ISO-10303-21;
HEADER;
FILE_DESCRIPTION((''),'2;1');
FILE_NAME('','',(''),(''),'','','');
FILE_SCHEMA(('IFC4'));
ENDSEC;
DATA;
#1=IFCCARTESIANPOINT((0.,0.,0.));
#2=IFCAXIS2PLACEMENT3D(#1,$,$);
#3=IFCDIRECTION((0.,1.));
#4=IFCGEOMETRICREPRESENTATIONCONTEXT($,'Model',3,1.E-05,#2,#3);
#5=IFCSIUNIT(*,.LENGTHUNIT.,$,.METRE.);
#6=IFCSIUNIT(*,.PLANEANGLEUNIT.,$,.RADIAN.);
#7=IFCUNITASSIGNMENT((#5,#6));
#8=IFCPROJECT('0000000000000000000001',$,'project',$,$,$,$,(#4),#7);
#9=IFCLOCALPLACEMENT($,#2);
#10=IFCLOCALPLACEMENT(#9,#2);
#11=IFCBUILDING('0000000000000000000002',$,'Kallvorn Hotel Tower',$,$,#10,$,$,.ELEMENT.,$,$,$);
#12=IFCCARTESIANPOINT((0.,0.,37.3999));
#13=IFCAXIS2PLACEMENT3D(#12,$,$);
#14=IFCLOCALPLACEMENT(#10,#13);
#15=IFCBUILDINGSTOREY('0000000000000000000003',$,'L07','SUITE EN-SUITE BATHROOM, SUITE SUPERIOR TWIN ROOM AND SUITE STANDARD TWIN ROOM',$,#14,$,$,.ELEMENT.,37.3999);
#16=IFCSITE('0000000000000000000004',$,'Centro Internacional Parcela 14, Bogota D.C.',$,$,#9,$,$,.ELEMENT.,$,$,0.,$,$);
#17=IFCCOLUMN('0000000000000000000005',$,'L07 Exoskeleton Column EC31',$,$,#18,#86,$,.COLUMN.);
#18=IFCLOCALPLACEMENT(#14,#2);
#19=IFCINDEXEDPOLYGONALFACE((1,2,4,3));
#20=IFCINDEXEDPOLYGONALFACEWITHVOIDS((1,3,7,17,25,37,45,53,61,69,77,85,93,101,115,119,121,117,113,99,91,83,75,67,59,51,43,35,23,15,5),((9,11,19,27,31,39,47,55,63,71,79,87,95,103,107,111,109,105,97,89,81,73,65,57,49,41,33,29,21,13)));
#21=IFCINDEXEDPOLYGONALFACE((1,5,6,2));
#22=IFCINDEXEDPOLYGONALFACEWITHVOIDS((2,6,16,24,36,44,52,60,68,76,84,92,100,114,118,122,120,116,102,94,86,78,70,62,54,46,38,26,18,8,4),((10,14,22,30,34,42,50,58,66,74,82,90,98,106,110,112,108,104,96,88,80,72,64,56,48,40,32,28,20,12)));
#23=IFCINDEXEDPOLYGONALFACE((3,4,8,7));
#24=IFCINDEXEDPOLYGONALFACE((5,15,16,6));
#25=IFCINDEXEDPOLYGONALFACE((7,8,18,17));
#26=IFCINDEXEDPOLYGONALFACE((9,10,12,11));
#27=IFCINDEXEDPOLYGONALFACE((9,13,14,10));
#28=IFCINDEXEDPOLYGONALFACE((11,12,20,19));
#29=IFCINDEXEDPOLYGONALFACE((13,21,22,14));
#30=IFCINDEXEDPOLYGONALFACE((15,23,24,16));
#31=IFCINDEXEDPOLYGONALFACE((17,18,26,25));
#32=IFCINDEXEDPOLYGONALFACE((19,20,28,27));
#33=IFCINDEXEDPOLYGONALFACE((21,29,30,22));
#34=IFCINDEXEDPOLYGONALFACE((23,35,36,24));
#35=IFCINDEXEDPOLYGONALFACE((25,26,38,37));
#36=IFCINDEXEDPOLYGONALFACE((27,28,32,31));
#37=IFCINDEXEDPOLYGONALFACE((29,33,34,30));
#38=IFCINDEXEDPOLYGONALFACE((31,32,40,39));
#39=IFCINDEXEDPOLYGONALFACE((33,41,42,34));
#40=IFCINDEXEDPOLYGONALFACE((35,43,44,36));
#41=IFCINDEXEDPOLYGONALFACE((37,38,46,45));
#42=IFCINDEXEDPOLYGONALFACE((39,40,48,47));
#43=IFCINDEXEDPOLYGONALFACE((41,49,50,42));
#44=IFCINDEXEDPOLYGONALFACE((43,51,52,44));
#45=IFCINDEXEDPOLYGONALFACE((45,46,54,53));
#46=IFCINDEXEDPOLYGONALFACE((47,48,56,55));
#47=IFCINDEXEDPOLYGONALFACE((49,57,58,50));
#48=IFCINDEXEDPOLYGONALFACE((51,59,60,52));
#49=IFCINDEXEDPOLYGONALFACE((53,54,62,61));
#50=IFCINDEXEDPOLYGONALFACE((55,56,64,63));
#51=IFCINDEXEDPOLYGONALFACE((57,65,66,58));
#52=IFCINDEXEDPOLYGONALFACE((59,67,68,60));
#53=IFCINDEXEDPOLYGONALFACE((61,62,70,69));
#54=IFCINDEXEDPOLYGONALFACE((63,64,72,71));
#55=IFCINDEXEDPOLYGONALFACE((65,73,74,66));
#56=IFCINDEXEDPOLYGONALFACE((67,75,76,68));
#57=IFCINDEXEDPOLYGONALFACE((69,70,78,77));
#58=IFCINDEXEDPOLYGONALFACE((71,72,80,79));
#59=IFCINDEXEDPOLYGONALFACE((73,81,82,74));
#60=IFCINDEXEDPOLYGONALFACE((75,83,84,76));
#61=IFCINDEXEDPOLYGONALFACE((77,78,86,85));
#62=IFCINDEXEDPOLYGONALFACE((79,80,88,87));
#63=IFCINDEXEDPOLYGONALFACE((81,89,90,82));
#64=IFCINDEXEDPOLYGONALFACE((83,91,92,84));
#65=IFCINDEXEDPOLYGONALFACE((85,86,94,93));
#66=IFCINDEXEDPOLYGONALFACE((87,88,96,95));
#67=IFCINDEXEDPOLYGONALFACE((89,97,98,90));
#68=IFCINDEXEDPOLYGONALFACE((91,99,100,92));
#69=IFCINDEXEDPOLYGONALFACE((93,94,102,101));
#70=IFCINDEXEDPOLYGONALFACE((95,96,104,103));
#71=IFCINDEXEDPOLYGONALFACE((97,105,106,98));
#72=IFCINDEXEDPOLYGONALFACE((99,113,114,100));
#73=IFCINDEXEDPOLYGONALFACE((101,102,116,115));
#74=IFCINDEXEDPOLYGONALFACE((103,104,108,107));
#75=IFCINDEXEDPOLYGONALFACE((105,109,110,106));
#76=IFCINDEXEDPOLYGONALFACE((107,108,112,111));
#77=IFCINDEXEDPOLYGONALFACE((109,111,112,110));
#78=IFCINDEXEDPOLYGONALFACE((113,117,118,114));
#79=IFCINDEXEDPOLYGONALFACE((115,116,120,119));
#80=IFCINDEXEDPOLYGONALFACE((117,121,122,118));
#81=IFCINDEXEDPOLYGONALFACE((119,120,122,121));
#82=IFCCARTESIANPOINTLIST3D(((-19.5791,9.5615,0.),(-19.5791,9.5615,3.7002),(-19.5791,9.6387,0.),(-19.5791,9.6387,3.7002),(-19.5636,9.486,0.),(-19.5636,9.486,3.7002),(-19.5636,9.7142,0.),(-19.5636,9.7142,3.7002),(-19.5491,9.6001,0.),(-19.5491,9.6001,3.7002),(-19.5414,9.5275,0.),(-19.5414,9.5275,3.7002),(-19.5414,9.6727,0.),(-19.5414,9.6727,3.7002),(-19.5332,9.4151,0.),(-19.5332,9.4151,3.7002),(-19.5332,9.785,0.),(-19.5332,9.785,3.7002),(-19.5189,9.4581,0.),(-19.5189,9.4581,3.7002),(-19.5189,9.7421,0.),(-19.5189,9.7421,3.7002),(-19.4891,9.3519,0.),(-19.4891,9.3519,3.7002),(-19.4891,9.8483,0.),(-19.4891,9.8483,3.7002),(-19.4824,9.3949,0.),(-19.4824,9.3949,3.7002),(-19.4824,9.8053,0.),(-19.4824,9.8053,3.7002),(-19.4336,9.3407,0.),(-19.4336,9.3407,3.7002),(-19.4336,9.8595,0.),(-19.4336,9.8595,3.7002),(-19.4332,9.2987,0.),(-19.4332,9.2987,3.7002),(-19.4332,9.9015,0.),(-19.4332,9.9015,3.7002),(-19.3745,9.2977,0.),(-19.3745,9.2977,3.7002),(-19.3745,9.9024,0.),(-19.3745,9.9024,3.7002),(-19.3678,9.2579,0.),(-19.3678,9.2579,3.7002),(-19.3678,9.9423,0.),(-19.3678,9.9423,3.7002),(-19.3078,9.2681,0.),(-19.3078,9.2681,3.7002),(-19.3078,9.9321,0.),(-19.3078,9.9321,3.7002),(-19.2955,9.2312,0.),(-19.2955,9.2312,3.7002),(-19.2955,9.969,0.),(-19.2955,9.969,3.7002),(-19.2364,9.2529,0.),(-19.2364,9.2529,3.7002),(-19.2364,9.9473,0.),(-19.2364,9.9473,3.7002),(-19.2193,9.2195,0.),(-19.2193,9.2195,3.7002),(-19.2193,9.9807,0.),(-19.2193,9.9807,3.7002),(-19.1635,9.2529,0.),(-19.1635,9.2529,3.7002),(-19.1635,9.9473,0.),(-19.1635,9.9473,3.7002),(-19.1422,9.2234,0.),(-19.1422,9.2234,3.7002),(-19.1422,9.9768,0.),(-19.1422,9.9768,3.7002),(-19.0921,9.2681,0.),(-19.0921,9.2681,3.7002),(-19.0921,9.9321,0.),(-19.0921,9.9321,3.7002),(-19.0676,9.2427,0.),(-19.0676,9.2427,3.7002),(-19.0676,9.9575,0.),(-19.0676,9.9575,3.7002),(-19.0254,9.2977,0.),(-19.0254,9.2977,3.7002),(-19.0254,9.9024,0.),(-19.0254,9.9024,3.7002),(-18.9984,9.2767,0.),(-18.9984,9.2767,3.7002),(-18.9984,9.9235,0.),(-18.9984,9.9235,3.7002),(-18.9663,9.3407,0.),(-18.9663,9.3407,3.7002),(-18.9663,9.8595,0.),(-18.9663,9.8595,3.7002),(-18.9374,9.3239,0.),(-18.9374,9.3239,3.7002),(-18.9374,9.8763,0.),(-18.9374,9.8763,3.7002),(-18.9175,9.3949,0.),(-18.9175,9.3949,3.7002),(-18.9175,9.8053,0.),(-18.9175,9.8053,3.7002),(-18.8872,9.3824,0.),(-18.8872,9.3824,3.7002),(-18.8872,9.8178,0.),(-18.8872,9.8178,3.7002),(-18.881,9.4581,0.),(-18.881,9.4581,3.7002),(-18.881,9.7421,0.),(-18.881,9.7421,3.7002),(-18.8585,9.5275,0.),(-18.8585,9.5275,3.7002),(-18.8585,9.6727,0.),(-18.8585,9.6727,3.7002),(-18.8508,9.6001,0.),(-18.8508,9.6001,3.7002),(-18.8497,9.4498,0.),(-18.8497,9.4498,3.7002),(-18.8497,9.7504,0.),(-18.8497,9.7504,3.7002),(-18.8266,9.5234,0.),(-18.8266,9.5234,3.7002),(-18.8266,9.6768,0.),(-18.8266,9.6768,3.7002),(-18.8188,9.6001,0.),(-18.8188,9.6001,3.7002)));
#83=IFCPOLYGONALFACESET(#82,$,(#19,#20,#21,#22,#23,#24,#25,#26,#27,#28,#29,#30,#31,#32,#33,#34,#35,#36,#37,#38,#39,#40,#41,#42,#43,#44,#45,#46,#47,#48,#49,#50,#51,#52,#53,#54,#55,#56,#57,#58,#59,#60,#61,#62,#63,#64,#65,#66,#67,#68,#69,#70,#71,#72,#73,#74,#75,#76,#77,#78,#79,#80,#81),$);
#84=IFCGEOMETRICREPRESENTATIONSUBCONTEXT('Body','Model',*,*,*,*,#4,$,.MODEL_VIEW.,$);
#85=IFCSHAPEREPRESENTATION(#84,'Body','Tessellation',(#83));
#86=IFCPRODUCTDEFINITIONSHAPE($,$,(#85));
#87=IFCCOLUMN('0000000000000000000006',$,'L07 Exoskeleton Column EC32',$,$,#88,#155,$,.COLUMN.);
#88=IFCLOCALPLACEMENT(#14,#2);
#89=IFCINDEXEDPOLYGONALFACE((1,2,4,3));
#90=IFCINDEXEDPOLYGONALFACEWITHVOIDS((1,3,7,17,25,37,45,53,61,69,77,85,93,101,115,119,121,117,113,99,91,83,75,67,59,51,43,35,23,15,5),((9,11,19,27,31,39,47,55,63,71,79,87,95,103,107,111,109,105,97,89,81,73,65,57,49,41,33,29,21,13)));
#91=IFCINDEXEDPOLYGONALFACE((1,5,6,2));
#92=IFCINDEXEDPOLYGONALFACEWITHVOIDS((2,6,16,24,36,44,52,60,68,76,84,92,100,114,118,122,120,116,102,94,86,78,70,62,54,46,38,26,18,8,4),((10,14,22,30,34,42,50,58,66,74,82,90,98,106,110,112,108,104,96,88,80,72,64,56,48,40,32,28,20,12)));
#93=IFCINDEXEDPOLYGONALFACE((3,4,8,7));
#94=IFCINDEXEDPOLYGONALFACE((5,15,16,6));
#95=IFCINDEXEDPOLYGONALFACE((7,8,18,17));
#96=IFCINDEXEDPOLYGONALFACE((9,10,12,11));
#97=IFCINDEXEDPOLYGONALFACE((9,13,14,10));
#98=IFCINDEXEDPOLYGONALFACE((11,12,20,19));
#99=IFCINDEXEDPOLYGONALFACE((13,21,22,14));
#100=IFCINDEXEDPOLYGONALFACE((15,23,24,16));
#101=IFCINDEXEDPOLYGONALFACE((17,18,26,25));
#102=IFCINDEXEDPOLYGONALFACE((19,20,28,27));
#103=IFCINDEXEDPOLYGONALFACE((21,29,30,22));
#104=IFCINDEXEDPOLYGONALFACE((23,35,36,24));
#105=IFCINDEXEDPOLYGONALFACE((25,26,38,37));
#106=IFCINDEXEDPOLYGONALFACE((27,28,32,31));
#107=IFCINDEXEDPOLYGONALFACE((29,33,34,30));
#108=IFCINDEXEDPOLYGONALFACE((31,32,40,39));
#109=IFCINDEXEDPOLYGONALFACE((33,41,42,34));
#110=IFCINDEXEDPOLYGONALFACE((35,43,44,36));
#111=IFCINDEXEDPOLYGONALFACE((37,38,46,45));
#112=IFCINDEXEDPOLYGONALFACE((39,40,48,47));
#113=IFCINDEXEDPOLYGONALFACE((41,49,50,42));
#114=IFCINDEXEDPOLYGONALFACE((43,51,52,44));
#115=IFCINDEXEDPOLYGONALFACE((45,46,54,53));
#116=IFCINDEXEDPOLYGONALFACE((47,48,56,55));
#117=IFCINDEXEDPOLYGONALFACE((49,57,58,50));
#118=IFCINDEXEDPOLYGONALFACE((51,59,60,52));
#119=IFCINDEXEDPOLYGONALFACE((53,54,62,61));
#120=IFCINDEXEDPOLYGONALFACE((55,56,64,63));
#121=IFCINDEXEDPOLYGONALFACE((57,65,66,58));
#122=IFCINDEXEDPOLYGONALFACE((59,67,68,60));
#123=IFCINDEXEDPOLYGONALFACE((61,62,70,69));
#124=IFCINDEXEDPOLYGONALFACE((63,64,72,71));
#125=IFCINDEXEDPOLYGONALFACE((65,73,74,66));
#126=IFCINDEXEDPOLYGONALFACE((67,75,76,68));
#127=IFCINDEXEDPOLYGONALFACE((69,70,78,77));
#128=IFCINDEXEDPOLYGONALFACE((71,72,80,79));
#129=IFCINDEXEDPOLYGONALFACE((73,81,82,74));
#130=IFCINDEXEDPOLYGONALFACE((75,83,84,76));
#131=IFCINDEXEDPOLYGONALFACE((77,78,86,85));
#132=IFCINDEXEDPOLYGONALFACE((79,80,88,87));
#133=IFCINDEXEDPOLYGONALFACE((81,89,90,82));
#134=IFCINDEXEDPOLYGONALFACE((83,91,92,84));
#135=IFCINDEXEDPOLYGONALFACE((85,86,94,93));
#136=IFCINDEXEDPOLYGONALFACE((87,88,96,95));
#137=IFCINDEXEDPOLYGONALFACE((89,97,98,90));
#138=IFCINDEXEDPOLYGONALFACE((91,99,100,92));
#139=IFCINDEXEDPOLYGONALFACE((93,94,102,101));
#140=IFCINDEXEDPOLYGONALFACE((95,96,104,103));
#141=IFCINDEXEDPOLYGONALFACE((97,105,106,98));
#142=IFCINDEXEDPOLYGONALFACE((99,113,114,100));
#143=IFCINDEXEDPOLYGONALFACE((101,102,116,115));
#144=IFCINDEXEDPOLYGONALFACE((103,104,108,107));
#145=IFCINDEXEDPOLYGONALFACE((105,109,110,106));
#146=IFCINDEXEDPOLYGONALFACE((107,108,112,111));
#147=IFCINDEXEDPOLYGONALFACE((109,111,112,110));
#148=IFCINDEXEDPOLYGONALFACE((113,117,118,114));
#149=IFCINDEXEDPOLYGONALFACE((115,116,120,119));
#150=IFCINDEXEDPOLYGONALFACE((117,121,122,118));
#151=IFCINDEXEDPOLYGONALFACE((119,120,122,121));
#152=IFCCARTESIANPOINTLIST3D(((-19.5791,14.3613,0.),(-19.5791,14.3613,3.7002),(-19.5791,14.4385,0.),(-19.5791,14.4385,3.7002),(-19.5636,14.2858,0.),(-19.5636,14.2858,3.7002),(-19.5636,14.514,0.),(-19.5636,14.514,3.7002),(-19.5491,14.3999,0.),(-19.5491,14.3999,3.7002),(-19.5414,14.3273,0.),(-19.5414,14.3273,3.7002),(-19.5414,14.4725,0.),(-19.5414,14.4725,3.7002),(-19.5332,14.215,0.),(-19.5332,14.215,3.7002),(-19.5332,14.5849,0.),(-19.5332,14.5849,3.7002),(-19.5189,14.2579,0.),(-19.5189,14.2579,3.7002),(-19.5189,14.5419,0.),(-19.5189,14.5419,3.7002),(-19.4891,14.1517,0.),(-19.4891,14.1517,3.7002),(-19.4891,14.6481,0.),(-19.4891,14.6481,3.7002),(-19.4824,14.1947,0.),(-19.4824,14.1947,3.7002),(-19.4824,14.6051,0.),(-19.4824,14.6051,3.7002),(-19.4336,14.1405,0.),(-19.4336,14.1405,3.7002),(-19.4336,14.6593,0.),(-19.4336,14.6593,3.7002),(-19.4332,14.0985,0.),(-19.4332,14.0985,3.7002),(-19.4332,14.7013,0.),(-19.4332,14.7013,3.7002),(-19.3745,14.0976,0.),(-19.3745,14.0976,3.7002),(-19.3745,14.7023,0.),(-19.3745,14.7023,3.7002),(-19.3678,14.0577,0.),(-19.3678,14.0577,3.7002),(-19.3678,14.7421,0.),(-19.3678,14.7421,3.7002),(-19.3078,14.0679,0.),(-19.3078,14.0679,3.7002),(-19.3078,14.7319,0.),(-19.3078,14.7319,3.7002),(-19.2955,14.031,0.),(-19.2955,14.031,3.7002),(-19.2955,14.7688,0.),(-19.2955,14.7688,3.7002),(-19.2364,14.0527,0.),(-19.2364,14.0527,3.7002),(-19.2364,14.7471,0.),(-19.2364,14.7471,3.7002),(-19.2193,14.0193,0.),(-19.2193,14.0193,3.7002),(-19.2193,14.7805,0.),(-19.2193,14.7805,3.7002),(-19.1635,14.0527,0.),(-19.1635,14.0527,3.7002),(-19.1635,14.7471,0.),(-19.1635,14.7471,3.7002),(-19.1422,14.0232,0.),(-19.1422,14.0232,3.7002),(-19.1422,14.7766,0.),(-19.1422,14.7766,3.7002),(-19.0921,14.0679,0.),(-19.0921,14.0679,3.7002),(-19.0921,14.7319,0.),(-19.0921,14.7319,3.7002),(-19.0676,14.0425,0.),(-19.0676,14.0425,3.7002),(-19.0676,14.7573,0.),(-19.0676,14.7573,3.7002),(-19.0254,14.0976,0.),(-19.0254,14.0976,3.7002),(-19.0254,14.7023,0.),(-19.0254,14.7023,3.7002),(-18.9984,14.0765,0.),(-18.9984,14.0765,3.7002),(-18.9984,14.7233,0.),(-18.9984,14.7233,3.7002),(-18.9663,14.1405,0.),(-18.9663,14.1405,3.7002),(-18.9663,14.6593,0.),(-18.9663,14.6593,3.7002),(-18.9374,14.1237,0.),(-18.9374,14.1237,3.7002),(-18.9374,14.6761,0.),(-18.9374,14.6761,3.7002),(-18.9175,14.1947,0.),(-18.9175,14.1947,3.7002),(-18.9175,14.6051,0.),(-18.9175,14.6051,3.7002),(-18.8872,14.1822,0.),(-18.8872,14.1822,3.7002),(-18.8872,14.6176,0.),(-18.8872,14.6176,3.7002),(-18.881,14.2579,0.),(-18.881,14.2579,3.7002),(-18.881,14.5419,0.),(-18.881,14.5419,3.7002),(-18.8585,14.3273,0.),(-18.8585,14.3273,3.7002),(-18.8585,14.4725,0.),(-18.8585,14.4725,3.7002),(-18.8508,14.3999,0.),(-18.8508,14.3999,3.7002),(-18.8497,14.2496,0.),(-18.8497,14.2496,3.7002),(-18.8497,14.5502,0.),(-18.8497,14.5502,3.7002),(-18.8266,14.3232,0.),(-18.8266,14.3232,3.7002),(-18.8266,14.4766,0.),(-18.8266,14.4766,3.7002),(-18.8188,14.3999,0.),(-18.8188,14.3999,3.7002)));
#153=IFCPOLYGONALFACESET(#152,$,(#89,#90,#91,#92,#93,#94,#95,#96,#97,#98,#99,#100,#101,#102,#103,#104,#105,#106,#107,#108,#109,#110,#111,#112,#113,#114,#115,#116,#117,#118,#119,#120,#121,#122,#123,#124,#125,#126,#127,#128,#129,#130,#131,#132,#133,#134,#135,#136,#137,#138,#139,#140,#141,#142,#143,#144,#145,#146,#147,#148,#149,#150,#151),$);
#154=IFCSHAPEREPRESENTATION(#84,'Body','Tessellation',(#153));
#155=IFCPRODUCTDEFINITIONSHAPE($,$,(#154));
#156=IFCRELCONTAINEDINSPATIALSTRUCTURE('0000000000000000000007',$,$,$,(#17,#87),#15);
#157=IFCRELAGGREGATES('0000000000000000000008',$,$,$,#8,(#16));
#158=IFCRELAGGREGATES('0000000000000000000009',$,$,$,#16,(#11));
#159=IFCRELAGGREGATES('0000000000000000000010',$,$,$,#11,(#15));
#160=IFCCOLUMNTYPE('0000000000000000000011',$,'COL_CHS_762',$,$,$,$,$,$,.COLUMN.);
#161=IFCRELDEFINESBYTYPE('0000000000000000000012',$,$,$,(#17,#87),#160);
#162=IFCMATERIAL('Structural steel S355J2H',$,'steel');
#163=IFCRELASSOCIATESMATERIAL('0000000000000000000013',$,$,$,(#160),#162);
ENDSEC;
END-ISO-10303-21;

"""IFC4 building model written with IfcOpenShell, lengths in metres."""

from ifc_helpers import new_model, si_unit, direction, frame, origin, origin_2d, place, context, subcontext, project, spatial, hollow_circle, extrude, material, material_profile, profile_set, type_object, element, save


model = new_model("IFC4")

# Units and contexts
model_context = context("Model", 3, precision=1e-05, world=origin(), true_north=direction((0.0, 1.0)))
body_context = subcontext(model_context, "Body", "Model", "MODEL_VIEW")
ifc_project = project(units=[si_unit("LENGTHUNIT", "METRE"), si_unit("PLANEANGLEUNIT", "RADIAN")], contexts=[model_context])

# Site, building, storey
site_placement = place(None, origin())
site = spatial("IfcSite", under=ifc_project, at=site_placement, Name="Centro Internacional Parcela 14, Bogota D.C.", CompositionType="ELEMENT", RefElevation=0.0)
building_placement = place(site_placement, origin())
building = spatial("IfcBuilding", under=site, at=building_placement, Name="Kallvorn Hotel Tower", CompositionType="ELEMENT")
storey_placement = place(building_placement, frame((0.0, 0.0, 37.3999)))
storey = spatial("IfcBuildingStorey", under=building, at=storey_placement, Name="L07", Description="SUITE EN-SUITE BATHROOM, SUITE SUPERIOR TWIN ROOM AND SUITE STANDARD TWIN ROOM", CompositionType="ELEMENT", Elevation=37.3999)

# Columns
ifc_material_1 = material(Name="Structural steel S355J2H", Category="steel")
ifc_material_profile_1 = material_profile(ifc_material_1, hollow_circle(Radius=0.3811, WallThickness=0.032, at=origin_2d()), Name="CHS 762x32")
ifc_profile_set_1 = profile_set([ifc_material_profile_1], Name="Structural steel S355J2H")
column_type_1 = type_object("IfcColumnType", Name="COL_CHS_762", PredefinedType="COLUMN", material=ifc_profile_set_1)
for number, where, z_axis, x_axis, name in (
    (1, (-19.2, 9.6001, 0.0), (0.0, 0.0, 1.0), (1.0, 0.0, 0.0), "L07 Exoskeleton Column EC31"),
    (2, (-19.2, 14.3999, 0.0), (0.0, 0.0, 1.0), (1.0, 0.0, 0.0), "L07 Exoskeleton Column EC32"),
):
    element("IfcColumn", number, at=place(storey_placement, frame(where, z_axis=z_axis, x_axis=x_axis)), inside=storey, type_object=column_type_1, Name=name, PredefinedType="COLUMN", context=body_context, shape_type="SweptSolid", body=[
        extrude(hollow_circle(Radius=0.3811, WallThickness=0.032, at=origin_2d()), origin(), (0.0, 0.0, 1.0), 3.7002),
    ])

save(model, "model.ifc")
